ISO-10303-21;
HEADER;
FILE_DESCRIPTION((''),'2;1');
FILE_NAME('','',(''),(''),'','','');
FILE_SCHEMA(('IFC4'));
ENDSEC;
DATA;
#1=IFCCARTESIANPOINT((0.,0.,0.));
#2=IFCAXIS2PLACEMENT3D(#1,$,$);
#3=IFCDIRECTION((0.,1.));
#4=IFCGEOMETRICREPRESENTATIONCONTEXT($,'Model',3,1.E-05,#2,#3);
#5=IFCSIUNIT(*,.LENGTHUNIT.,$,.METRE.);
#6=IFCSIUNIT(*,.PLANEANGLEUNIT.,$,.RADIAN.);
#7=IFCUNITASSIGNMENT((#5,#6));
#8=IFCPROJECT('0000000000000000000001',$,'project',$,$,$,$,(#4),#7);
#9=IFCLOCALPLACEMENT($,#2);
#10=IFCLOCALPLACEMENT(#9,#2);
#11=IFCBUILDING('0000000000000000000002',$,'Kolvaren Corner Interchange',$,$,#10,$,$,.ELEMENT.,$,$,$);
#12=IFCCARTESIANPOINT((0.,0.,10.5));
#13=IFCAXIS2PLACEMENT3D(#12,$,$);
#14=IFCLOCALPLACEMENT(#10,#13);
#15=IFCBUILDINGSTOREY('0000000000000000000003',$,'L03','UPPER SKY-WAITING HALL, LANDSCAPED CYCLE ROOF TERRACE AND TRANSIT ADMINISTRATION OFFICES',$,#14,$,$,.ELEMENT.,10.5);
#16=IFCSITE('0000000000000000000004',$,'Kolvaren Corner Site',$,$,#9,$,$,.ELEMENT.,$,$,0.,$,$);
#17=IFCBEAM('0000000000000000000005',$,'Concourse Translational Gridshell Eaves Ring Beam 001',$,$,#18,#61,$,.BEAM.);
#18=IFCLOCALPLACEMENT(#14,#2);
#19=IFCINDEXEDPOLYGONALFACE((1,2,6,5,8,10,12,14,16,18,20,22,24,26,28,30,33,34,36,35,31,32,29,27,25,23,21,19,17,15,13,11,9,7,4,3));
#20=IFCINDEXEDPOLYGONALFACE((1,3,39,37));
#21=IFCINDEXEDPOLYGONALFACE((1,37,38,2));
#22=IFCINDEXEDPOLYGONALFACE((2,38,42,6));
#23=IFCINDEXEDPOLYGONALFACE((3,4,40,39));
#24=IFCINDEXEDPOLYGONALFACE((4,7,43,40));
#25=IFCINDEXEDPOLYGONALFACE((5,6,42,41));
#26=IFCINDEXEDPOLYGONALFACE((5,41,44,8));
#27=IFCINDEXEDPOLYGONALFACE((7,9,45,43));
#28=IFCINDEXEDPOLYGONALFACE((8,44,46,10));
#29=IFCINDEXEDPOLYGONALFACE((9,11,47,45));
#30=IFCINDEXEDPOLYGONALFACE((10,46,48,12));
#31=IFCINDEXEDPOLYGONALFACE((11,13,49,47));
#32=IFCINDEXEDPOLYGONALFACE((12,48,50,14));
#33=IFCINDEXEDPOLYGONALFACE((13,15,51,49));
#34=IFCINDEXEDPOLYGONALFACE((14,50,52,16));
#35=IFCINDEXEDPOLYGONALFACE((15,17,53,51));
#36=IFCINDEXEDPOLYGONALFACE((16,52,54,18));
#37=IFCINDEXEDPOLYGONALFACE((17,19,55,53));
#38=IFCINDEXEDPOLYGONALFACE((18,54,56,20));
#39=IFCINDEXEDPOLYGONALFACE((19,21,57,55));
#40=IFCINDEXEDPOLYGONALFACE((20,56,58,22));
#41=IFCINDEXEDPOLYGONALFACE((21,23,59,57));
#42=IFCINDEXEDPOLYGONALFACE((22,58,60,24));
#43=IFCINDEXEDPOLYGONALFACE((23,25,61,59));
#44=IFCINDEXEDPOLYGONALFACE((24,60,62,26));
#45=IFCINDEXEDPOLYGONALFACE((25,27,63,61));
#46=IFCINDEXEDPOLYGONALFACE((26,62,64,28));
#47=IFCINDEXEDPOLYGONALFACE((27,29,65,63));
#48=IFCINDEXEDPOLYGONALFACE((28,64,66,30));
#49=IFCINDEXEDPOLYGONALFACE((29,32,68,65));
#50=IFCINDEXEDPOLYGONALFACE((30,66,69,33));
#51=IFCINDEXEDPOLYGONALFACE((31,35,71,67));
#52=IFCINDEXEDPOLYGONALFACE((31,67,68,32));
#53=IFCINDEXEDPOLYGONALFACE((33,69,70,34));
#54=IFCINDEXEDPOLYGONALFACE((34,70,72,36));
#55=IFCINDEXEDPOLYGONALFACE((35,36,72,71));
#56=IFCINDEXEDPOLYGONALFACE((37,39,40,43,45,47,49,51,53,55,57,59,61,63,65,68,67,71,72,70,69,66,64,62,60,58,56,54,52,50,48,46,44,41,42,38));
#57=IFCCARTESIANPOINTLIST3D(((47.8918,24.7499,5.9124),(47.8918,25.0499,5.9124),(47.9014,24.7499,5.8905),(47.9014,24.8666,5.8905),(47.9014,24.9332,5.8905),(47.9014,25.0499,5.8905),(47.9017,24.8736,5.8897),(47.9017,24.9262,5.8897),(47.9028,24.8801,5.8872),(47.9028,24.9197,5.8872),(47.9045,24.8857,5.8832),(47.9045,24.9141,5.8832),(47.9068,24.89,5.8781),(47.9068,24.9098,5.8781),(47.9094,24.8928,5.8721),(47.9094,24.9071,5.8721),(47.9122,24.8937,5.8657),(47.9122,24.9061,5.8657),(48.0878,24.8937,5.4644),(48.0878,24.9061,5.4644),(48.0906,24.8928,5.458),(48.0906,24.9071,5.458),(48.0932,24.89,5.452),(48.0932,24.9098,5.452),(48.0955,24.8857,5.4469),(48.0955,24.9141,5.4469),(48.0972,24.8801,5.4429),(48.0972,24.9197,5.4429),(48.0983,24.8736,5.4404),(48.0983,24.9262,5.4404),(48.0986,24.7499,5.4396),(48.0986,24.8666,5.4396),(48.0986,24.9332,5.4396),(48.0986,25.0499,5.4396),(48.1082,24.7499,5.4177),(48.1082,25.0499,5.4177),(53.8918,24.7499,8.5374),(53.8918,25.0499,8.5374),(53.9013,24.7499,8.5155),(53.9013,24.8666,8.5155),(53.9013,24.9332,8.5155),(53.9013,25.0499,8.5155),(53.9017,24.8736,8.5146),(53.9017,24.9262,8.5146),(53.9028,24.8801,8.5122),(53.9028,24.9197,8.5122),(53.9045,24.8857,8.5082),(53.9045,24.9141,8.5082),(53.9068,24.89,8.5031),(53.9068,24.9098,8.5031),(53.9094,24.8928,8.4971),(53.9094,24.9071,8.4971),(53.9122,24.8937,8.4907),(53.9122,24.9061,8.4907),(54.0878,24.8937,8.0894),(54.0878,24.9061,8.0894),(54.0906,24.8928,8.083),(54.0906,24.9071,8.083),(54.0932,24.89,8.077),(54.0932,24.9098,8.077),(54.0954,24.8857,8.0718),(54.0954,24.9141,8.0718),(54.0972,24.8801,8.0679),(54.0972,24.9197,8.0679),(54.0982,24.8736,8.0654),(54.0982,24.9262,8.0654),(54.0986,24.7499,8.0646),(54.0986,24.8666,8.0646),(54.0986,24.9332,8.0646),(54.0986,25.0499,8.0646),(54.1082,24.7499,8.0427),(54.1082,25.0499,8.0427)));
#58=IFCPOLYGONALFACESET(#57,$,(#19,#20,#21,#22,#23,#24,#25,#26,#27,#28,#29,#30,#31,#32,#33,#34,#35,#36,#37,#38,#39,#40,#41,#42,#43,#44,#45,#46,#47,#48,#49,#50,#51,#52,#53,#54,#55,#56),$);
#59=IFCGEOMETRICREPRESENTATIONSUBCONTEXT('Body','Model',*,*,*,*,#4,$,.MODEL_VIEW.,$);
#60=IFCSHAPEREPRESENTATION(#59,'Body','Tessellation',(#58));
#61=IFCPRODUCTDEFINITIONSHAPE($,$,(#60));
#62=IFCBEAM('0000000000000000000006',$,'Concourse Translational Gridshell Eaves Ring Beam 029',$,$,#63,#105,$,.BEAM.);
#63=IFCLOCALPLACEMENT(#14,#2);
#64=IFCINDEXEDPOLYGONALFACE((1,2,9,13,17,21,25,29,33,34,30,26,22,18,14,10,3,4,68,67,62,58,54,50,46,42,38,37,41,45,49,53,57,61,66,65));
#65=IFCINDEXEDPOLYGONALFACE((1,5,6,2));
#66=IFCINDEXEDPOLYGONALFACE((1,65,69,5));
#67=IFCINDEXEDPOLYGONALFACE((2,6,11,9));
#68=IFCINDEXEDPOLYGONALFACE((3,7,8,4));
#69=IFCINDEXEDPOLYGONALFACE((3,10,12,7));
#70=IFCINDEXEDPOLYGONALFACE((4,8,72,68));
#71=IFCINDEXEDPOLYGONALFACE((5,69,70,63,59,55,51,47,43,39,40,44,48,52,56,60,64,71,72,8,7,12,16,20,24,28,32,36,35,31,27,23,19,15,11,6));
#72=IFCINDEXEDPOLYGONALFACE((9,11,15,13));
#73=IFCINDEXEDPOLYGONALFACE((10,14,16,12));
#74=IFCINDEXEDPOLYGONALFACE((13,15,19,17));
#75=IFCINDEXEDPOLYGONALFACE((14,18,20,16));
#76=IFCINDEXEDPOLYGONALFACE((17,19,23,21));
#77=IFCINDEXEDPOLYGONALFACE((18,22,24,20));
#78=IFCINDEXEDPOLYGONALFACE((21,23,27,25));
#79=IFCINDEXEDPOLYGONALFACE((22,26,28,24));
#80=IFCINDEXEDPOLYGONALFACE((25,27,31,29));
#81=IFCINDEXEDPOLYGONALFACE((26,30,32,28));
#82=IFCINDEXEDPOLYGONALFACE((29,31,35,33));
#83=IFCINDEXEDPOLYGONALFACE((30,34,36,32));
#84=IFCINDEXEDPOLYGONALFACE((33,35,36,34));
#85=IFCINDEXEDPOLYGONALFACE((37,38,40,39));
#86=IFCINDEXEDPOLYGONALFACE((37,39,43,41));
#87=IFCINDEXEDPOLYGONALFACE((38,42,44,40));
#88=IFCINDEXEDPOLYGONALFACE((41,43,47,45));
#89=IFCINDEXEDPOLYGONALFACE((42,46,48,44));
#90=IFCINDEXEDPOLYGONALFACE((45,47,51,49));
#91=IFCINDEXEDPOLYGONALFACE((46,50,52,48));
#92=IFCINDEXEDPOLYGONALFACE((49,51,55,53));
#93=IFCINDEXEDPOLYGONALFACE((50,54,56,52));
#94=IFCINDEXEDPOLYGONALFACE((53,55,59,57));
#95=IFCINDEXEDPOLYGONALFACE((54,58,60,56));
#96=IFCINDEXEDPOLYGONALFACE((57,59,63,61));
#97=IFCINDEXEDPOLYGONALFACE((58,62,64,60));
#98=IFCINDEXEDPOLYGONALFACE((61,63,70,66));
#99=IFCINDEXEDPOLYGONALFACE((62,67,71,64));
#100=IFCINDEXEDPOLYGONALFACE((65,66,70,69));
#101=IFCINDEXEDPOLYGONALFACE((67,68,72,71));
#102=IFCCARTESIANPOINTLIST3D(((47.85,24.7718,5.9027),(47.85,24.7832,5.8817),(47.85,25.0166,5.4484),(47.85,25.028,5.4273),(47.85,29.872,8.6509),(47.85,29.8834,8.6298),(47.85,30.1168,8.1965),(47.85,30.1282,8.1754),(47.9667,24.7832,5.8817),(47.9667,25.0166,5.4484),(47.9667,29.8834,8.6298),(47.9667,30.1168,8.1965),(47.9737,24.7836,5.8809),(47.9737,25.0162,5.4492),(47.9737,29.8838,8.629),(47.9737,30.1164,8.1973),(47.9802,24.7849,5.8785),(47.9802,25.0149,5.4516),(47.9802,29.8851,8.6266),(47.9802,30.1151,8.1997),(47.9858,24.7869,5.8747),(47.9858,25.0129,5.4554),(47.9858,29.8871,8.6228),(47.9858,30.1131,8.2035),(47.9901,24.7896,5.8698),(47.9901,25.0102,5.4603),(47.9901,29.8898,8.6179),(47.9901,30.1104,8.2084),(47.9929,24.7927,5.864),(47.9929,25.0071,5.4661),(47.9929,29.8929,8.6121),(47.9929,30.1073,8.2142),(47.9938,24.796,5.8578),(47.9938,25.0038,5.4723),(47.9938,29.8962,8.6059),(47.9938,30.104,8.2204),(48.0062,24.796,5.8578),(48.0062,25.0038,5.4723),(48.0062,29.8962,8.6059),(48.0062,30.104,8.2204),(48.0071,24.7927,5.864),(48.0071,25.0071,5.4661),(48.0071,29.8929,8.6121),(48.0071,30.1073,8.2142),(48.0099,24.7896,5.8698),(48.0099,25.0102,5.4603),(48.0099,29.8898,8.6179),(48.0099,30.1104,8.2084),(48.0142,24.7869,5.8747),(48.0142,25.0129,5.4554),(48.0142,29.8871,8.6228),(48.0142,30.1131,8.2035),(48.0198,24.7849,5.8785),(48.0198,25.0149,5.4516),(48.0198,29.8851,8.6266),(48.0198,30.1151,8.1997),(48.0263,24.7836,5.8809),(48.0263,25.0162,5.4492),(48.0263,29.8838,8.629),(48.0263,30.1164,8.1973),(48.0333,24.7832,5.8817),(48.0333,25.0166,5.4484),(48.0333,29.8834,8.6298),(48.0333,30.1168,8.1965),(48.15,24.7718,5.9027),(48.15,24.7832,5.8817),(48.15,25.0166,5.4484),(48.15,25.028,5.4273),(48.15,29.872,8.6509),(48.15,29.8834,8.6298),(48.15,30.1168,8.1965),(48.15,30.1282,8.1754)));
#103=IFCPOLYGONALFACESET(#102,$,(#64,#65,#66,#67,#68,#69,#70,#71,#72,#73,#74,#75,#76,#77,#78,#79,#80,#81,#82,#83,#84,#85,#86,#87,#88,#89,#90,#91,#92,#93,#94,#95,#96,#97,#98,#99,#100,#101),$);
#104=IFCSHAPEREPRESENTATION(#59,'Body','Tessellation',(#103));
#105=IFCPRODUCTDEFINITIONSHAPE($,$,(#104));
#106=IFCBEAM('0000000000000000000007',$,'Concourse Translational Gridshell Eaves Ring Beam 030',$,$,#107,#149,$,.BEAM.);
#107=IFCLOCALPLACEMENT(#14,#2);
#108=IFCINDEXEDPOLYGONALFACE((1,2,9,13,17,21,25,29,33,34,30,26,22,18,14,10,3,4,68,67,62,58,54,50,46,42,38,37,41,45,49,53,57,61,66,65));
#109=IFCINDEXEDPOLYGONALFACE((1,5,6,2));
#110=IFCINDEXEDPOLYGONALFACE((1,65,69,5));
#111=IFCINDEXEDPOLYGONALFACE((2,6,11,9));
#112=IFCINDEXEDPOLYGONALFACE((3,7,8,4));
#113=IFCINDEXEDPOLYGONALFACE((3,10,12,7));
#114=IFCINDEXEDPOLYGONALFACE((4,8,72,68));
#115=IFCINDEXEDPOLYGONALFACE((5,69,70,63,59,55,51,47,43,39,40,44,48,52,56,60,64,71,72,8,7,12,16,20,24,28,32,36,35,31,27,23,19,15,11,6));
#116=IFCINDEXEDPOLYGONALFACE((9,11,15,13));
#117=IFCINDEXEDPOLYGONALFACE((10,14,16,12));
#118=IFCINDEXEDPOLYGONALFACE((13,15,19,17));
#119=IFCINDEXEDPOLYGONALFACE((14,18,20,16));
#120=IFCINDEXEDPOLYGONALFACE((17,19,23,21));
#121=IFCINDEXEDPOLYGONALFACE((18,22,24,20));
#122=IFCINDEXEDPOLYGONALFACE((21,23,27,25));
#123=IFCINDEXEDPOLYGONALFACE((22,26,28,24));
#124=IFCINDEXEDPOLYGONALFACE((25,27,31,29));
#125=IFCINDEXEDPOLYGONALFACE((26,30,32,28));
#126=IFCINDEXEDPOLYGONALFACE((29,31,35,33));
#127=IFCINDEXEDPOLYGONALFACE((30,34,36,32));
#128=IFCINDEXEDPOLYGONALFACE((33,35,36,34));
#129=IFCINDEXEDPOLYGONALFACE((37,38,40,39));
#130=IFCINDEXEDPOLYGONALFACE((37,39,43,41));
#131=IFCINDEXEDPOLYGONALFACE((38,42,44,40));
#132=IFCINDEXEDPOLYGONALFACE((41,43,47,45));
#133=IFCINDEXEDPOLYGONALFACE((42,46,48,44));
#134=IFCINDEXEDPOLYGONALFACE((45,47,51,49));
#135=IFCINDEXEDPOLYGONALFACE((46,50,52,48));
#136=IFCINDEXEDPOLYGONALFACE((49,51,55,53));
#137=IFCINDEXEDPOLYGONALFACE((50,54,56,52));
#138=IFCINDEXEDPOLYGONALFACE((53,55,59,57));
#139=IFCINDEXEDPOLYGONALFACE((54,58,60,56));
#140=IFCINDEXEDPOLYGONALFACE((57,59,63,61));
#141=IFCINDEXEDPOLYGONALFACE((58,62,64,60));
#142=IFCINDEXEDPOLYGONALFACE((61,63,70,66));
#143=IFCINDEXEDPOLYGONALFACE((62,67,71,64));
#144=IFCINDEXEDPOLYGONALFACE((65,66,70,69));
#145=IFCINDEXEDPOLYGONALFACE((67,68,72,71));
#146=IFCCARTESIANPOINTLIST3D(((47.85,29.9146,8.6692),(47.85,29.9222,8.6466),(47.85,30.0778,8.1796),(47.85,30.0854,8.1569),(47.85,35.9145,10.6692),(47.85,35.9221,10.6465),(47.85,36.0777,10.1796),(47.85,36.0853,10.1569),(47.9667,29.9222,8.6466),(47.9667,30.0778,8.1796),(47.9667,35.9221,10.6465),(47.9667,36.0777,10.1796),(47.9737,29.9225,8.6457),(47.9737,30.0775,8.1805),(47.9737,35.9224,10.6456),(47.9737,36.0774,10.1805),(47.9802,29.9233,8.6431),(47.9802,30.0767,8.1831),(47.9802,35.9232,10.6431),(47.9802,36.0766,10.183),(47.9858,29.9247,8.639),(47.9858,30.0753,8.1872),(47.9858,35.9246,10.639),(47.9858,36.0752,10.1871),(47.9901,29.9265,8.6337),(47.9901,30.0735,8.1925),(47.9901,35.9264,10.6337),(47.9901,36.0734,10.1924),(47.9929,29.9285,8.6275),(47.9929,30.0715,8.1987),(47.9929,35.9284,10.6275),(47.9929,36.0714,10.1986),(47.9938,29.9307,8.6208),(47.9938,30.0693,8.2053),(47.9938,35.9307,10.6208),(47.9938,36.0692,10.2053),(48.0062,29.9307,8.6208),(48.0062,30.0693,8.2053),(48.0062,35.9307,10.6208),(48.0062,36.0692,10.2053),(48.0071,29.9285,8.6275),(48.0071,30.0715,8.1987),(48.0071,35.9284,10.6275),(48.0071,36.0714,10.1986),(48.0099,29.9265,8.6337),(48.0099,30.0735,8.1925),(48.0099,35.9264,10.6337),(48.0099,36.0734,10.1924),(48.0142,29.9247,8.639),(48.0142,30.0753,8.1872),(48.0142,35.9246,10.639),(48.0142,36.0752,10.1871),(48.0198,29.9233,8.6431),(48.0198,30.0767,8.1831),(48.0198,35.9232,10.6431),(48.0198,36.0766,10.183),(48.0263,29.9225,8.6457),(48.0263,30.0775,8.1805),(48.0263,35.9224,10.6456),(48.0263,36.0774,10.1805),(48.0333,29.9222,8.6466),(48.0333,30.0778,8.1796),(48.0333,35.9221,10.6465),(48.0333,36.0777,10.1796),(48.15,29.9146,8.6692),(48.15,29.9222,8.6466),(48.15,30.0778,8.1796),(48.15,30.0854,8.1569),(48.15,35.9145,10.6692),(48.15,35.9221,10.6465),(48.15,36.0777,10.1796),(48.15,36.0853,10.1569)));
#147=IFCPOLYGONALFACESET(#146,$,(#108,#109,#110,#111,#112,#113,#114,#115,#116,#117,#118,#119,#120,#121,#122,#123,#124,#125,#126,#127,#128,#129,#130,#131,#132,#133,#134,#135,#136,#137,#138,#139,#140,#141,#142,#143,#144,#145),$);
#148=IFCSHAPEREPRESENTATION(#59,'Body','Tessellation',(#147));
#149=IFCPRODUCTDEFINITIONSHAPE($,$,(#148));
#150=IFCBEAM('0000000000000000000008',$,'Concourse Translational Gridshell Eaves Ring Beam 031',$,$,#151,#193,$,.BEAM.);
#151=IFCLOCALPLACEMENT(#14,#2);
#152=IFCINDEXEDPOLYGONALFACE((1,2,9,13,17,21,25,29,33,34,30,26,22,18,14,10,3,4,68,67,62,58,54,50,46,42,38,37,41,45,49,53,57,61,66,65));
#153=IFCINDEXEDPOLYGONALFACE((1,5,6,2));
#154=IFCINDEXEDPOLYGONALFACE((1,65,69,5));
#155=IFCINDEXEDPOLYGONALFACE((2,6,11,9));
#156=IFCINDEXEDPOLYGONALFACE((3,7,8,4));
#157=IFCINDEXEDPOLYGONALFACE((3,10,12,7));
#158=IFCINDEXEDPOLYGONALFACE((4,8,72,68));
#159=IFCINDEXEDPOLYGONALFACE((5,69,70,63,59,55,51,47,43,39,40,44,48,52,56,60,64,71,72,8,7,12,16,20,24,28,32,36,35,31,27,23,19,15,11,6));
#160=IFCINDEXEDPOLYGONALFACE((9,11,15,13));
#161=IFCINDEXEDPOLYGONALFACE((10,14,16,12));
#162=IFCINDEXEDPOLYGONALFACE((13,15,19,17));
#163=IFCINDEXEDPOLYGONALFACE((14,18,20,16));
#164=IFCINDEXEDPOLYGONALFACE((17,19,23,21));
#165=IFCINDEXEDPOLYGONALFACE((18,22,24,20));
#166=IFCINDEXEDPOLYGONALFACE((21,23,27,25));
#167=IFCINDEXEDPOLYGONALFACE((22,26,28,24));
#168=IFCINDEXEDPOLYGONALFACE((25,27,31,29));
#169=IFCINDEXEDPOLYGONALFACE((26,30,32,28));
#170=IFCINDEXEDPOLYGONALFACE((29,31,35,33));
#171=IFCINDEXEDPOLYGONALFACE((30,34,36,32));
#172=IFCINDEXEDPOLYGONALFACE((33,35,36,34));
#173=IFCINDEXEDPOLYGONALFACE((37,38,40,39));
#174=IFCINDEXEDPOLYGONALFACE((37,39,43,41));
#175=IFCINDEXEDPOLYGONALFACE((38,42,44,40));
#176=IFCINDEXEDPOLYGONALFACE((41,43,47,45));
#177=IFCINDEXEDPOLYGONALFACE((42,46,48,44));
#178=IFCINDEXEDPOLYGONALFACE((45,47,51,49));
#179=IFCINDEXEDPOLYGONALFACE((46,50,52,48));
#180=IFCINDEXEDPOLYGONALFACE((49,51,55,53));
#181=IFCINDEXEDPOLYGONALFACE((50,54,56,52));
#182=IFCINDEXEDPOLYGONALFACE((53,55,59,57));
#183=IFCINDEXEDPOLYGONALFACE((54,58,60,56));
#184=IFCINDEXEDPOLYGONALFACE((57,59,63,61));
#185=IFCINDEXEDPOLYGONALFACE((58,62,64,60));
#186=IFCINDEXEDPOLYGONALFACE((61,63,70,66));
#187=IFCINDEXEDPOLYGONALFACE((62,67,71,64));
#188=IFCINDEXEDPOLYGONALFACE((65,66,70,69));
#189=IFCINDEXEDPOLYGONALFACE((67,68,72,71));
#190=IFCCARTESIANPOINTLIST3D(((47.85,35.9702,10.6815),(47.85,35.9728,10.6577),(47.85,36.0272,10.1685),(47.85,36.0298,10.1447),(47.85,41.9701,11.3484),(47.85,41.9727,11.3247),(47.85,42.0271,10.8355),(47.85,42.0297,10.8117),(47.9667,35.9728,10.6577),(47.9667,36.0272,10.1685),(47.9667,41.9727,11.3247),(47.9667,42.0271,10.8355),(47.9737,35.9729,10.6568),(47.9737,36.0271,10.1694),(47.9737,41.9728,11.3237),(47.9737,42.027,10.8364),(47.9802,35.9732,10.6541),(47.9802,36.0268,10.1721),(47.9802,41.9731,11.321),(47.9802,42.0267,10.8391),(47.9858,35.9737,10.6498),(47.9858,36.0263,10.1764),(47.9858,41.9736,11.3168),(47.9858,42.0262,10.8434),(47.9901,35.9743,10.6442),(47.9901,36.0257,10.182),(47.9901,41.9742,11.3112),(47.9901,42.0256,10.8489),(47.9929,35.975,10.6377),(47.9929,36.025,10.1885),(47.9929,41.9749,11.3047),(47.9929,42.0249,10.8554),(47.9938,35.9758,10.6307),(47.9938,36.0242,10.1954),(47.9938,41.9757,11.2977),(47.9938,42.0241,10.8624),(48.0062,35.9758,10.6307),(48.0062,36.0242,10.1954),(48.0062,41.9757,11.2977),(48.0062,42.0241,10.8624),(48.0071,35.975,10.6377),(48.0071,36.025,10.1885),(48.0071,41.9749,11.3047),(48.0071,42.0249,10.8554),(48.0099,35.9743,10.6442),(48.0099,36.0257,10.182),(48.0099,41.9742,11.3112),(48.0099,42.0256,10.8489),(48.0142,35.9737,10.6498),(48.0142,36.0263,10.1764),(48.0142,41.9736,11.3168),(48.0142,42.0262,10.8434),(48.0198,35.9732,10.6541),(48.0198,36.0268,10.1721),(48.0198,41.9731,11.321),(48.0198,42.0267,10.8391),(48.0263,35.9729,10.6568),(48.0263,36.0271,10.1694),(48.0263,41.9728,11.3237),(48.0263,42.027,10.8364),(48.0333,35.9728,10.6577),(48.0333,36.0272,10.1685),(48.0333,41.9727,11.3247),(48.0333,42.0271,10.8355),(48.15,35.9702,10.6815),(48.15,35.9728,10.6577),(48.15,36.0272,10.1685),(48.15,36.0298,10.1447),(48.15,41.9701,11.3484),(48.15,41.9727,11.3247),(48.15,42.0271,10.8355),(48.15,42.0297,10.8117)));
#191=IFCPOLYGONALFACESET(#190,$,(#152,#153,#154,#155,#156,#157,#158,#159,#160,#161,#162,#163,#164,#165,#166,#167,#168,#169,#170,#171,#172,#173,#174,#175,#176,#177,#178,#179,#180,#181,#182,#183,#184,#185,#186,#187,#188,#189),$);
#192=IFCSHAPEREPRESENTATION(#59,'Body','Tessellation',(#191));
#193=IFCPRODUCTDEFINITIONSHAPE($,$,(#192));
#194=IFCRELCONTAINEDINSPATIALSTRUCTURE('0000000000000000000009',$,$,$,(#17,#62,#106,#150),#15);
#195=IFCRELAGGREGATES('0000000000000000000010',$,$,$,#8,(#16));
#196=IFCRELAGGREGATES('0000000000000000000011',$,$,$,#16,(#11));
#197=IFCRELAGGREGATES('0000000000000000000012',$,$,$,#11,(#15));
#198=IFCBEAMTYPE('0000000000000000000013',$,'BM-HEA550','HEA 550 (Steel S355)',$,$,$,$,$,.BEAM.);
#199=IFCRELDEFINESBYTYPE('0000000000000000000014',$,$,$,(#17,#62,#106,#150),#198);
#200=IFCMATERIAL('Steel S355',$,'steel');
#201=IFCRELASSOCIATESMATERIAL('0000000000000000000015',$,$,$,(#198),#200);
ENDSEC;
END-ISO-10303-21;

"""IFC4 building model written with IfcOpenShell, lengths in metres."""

from ifc_helpers import new_model, si_unit, direction, frame, origin, origin_2d, place, context, subcontext, project, spatial, i_section, extrude, material, material_profile, profile_set, type_object, element, save


model = new_model("IFC4")

# Units and contexts
model_context = context("Model", 3, precision=1e-05, world=origin(), true_north=direction((0.0, 1.0)))
body_context = subcontext(model_context, "Body", "Model", "MODEL_VIEW")
ifc_project = project(units=[si_unit("LENGTHUNIT", "METRE"), si_unit("PLANEANGLEUNIT", "RADIAN")], contexts=[model_context])

# Site, building, storey
site_placement = place(None, origin())
site = spatial("IfcSite", under=ifc_project, at=site_placement, Name="Kolvaren Corner Site", CompositionType="ELEMENT", RefElevation=0.0)
building_placement = place(site_placement, origin())
building = spatial("IfcBuilding", under=site, at=building_placement, Name="Kolvaren Corner Interchange", CompositionType="ELEMENT")
storey_placement = place(building_placement, frame((0.0, 0.0, 10.5)))
storey = spatial("IfcBuildingStorey", under=building, at=storey_placement, Name="L03", Description="UPPER SKY-WAITING HALL, LANDSCAPED CYCLE ROOF TERRACE AND TRANSIT ADMINISTRATION OFFICES", CompositionType="ELEMENT", Elevation=10.5)

# Beams
ifc_material_1 = material(Name="Steel S355", Category="steel")
ifc_material_profile_1 = material_profile(ifc_material_1, i_section(OverallWidth=0.3, OverallDepth=0.54, WebThickness=0.0125, FlangeThickness=0.0239, FilletRadius=0.0271, at=origin_2d()), Name="HEA 550")
ifc_profile_set_1 = profile_set([ifc_material_profile_1], Name="Steel S355")
beam_type_1 = type_object("IfcBeamType", Name="BM-HEA550", Description="HEA 550 (Steel S355)", PredefinedType="BEAM", material=ifc_profile_set_1)
beam_1_placement = place(storey_placement, frame((48.0, 24.8999, 5.665), z_axis=(0.916157, 0.0, 0.400819), x_axis=(0.0, 1.0, 0.0)))
element("IfcBeam", 1, at=beam_1_placement, inside=storey, type_object=beam_type_1, Name="Concourse Translational Gridshell Eaves Ring Beam 001", PredefinedType="BEAM", context=body_context, shape_type="SweptSolid", body=[
    extrude(i_section(OverallWidth=0.3, OverallDepth=0.54, WebThickness=0.0125, FlangeThickness=0.0239, FilletRadius=0.0271, at=origin_2d()), origin(), (0.0, 0.0, 1.0), 6.5491),
])
beam_2_placement = place(storey_placement, frame((48.0, 24.8999, 5.665), z_axis=(0.0, 0.880338, 0.474346), x_axis=(-1.0, 0.0, 0.0)))
element("IfcBeam", 2, at=beam_2_placement, inside=storey, type_object=beam_type_1, Name="Concourse Translational Gridshell Eaves Ring Beam 029", PredefinedType="BEAM", context=body_context, shape_type="SweptSolid", body=[
    extrude(i_section(OverallWidth=0.3, OverallDepth=0.54, WebThickness=0.0125, FlangeThickness=0.0239, FilletRadius=0.0271, at=origin_2d()), origin(), (0.0, 0.0, 1.0), 5.7935),
])
beam_3_placement = place(storey_placement, frame((48.0, 30.0, 8.4131), z_axis=(0.0, 0.948683, 0.316228), x_axis=(-1.0, 0.0, 0.0)))
element("IfcBeam", 3, at=beam_3_placement, inside=storey, type_object=beam_type_1, Name="Concourse Translational Gridshell Eaves Ring Beam 030", PredefinedType="BEAM", context=body_context, shape_type="SweptSolid", body=[
    extrude(i_section(OverallWidth=0.3, OverallDepth=0.54, WebThickness=0.0125, FlangeThickness=0.0239, FilletRadius=0.0271, at=origin_2d()), origin(), (0.0, 0.0, 1.0), 6.3245),
])
beam_4_placement = place(storey_placement, frame((48.0, 36.0, 10.4131), z_axis=(0.0, 0.993878, 0.110485), x_axis=(-1.0, 0.0, 0.0)))
element("IfcBeam", 4, at=beam_4_placement, inside=storey, type_object=beam_type_1, Name="Concourse Translational Gridshell Eaves Ring Beam 031", PredefinedType="BEAM", context=body_context, shape_type="SweptSolid", body=[
    extrude(i_section(OverallWidth=0.3, OverallDepth=0.54, WebThickness=0.0125, FlangeThickness=0.0239, FilletRadius=0.0271, at=origin_2d()), origin(), (0.0, 0.0, 1.0), 6.0369),
])

save(model, "model.ifc")
